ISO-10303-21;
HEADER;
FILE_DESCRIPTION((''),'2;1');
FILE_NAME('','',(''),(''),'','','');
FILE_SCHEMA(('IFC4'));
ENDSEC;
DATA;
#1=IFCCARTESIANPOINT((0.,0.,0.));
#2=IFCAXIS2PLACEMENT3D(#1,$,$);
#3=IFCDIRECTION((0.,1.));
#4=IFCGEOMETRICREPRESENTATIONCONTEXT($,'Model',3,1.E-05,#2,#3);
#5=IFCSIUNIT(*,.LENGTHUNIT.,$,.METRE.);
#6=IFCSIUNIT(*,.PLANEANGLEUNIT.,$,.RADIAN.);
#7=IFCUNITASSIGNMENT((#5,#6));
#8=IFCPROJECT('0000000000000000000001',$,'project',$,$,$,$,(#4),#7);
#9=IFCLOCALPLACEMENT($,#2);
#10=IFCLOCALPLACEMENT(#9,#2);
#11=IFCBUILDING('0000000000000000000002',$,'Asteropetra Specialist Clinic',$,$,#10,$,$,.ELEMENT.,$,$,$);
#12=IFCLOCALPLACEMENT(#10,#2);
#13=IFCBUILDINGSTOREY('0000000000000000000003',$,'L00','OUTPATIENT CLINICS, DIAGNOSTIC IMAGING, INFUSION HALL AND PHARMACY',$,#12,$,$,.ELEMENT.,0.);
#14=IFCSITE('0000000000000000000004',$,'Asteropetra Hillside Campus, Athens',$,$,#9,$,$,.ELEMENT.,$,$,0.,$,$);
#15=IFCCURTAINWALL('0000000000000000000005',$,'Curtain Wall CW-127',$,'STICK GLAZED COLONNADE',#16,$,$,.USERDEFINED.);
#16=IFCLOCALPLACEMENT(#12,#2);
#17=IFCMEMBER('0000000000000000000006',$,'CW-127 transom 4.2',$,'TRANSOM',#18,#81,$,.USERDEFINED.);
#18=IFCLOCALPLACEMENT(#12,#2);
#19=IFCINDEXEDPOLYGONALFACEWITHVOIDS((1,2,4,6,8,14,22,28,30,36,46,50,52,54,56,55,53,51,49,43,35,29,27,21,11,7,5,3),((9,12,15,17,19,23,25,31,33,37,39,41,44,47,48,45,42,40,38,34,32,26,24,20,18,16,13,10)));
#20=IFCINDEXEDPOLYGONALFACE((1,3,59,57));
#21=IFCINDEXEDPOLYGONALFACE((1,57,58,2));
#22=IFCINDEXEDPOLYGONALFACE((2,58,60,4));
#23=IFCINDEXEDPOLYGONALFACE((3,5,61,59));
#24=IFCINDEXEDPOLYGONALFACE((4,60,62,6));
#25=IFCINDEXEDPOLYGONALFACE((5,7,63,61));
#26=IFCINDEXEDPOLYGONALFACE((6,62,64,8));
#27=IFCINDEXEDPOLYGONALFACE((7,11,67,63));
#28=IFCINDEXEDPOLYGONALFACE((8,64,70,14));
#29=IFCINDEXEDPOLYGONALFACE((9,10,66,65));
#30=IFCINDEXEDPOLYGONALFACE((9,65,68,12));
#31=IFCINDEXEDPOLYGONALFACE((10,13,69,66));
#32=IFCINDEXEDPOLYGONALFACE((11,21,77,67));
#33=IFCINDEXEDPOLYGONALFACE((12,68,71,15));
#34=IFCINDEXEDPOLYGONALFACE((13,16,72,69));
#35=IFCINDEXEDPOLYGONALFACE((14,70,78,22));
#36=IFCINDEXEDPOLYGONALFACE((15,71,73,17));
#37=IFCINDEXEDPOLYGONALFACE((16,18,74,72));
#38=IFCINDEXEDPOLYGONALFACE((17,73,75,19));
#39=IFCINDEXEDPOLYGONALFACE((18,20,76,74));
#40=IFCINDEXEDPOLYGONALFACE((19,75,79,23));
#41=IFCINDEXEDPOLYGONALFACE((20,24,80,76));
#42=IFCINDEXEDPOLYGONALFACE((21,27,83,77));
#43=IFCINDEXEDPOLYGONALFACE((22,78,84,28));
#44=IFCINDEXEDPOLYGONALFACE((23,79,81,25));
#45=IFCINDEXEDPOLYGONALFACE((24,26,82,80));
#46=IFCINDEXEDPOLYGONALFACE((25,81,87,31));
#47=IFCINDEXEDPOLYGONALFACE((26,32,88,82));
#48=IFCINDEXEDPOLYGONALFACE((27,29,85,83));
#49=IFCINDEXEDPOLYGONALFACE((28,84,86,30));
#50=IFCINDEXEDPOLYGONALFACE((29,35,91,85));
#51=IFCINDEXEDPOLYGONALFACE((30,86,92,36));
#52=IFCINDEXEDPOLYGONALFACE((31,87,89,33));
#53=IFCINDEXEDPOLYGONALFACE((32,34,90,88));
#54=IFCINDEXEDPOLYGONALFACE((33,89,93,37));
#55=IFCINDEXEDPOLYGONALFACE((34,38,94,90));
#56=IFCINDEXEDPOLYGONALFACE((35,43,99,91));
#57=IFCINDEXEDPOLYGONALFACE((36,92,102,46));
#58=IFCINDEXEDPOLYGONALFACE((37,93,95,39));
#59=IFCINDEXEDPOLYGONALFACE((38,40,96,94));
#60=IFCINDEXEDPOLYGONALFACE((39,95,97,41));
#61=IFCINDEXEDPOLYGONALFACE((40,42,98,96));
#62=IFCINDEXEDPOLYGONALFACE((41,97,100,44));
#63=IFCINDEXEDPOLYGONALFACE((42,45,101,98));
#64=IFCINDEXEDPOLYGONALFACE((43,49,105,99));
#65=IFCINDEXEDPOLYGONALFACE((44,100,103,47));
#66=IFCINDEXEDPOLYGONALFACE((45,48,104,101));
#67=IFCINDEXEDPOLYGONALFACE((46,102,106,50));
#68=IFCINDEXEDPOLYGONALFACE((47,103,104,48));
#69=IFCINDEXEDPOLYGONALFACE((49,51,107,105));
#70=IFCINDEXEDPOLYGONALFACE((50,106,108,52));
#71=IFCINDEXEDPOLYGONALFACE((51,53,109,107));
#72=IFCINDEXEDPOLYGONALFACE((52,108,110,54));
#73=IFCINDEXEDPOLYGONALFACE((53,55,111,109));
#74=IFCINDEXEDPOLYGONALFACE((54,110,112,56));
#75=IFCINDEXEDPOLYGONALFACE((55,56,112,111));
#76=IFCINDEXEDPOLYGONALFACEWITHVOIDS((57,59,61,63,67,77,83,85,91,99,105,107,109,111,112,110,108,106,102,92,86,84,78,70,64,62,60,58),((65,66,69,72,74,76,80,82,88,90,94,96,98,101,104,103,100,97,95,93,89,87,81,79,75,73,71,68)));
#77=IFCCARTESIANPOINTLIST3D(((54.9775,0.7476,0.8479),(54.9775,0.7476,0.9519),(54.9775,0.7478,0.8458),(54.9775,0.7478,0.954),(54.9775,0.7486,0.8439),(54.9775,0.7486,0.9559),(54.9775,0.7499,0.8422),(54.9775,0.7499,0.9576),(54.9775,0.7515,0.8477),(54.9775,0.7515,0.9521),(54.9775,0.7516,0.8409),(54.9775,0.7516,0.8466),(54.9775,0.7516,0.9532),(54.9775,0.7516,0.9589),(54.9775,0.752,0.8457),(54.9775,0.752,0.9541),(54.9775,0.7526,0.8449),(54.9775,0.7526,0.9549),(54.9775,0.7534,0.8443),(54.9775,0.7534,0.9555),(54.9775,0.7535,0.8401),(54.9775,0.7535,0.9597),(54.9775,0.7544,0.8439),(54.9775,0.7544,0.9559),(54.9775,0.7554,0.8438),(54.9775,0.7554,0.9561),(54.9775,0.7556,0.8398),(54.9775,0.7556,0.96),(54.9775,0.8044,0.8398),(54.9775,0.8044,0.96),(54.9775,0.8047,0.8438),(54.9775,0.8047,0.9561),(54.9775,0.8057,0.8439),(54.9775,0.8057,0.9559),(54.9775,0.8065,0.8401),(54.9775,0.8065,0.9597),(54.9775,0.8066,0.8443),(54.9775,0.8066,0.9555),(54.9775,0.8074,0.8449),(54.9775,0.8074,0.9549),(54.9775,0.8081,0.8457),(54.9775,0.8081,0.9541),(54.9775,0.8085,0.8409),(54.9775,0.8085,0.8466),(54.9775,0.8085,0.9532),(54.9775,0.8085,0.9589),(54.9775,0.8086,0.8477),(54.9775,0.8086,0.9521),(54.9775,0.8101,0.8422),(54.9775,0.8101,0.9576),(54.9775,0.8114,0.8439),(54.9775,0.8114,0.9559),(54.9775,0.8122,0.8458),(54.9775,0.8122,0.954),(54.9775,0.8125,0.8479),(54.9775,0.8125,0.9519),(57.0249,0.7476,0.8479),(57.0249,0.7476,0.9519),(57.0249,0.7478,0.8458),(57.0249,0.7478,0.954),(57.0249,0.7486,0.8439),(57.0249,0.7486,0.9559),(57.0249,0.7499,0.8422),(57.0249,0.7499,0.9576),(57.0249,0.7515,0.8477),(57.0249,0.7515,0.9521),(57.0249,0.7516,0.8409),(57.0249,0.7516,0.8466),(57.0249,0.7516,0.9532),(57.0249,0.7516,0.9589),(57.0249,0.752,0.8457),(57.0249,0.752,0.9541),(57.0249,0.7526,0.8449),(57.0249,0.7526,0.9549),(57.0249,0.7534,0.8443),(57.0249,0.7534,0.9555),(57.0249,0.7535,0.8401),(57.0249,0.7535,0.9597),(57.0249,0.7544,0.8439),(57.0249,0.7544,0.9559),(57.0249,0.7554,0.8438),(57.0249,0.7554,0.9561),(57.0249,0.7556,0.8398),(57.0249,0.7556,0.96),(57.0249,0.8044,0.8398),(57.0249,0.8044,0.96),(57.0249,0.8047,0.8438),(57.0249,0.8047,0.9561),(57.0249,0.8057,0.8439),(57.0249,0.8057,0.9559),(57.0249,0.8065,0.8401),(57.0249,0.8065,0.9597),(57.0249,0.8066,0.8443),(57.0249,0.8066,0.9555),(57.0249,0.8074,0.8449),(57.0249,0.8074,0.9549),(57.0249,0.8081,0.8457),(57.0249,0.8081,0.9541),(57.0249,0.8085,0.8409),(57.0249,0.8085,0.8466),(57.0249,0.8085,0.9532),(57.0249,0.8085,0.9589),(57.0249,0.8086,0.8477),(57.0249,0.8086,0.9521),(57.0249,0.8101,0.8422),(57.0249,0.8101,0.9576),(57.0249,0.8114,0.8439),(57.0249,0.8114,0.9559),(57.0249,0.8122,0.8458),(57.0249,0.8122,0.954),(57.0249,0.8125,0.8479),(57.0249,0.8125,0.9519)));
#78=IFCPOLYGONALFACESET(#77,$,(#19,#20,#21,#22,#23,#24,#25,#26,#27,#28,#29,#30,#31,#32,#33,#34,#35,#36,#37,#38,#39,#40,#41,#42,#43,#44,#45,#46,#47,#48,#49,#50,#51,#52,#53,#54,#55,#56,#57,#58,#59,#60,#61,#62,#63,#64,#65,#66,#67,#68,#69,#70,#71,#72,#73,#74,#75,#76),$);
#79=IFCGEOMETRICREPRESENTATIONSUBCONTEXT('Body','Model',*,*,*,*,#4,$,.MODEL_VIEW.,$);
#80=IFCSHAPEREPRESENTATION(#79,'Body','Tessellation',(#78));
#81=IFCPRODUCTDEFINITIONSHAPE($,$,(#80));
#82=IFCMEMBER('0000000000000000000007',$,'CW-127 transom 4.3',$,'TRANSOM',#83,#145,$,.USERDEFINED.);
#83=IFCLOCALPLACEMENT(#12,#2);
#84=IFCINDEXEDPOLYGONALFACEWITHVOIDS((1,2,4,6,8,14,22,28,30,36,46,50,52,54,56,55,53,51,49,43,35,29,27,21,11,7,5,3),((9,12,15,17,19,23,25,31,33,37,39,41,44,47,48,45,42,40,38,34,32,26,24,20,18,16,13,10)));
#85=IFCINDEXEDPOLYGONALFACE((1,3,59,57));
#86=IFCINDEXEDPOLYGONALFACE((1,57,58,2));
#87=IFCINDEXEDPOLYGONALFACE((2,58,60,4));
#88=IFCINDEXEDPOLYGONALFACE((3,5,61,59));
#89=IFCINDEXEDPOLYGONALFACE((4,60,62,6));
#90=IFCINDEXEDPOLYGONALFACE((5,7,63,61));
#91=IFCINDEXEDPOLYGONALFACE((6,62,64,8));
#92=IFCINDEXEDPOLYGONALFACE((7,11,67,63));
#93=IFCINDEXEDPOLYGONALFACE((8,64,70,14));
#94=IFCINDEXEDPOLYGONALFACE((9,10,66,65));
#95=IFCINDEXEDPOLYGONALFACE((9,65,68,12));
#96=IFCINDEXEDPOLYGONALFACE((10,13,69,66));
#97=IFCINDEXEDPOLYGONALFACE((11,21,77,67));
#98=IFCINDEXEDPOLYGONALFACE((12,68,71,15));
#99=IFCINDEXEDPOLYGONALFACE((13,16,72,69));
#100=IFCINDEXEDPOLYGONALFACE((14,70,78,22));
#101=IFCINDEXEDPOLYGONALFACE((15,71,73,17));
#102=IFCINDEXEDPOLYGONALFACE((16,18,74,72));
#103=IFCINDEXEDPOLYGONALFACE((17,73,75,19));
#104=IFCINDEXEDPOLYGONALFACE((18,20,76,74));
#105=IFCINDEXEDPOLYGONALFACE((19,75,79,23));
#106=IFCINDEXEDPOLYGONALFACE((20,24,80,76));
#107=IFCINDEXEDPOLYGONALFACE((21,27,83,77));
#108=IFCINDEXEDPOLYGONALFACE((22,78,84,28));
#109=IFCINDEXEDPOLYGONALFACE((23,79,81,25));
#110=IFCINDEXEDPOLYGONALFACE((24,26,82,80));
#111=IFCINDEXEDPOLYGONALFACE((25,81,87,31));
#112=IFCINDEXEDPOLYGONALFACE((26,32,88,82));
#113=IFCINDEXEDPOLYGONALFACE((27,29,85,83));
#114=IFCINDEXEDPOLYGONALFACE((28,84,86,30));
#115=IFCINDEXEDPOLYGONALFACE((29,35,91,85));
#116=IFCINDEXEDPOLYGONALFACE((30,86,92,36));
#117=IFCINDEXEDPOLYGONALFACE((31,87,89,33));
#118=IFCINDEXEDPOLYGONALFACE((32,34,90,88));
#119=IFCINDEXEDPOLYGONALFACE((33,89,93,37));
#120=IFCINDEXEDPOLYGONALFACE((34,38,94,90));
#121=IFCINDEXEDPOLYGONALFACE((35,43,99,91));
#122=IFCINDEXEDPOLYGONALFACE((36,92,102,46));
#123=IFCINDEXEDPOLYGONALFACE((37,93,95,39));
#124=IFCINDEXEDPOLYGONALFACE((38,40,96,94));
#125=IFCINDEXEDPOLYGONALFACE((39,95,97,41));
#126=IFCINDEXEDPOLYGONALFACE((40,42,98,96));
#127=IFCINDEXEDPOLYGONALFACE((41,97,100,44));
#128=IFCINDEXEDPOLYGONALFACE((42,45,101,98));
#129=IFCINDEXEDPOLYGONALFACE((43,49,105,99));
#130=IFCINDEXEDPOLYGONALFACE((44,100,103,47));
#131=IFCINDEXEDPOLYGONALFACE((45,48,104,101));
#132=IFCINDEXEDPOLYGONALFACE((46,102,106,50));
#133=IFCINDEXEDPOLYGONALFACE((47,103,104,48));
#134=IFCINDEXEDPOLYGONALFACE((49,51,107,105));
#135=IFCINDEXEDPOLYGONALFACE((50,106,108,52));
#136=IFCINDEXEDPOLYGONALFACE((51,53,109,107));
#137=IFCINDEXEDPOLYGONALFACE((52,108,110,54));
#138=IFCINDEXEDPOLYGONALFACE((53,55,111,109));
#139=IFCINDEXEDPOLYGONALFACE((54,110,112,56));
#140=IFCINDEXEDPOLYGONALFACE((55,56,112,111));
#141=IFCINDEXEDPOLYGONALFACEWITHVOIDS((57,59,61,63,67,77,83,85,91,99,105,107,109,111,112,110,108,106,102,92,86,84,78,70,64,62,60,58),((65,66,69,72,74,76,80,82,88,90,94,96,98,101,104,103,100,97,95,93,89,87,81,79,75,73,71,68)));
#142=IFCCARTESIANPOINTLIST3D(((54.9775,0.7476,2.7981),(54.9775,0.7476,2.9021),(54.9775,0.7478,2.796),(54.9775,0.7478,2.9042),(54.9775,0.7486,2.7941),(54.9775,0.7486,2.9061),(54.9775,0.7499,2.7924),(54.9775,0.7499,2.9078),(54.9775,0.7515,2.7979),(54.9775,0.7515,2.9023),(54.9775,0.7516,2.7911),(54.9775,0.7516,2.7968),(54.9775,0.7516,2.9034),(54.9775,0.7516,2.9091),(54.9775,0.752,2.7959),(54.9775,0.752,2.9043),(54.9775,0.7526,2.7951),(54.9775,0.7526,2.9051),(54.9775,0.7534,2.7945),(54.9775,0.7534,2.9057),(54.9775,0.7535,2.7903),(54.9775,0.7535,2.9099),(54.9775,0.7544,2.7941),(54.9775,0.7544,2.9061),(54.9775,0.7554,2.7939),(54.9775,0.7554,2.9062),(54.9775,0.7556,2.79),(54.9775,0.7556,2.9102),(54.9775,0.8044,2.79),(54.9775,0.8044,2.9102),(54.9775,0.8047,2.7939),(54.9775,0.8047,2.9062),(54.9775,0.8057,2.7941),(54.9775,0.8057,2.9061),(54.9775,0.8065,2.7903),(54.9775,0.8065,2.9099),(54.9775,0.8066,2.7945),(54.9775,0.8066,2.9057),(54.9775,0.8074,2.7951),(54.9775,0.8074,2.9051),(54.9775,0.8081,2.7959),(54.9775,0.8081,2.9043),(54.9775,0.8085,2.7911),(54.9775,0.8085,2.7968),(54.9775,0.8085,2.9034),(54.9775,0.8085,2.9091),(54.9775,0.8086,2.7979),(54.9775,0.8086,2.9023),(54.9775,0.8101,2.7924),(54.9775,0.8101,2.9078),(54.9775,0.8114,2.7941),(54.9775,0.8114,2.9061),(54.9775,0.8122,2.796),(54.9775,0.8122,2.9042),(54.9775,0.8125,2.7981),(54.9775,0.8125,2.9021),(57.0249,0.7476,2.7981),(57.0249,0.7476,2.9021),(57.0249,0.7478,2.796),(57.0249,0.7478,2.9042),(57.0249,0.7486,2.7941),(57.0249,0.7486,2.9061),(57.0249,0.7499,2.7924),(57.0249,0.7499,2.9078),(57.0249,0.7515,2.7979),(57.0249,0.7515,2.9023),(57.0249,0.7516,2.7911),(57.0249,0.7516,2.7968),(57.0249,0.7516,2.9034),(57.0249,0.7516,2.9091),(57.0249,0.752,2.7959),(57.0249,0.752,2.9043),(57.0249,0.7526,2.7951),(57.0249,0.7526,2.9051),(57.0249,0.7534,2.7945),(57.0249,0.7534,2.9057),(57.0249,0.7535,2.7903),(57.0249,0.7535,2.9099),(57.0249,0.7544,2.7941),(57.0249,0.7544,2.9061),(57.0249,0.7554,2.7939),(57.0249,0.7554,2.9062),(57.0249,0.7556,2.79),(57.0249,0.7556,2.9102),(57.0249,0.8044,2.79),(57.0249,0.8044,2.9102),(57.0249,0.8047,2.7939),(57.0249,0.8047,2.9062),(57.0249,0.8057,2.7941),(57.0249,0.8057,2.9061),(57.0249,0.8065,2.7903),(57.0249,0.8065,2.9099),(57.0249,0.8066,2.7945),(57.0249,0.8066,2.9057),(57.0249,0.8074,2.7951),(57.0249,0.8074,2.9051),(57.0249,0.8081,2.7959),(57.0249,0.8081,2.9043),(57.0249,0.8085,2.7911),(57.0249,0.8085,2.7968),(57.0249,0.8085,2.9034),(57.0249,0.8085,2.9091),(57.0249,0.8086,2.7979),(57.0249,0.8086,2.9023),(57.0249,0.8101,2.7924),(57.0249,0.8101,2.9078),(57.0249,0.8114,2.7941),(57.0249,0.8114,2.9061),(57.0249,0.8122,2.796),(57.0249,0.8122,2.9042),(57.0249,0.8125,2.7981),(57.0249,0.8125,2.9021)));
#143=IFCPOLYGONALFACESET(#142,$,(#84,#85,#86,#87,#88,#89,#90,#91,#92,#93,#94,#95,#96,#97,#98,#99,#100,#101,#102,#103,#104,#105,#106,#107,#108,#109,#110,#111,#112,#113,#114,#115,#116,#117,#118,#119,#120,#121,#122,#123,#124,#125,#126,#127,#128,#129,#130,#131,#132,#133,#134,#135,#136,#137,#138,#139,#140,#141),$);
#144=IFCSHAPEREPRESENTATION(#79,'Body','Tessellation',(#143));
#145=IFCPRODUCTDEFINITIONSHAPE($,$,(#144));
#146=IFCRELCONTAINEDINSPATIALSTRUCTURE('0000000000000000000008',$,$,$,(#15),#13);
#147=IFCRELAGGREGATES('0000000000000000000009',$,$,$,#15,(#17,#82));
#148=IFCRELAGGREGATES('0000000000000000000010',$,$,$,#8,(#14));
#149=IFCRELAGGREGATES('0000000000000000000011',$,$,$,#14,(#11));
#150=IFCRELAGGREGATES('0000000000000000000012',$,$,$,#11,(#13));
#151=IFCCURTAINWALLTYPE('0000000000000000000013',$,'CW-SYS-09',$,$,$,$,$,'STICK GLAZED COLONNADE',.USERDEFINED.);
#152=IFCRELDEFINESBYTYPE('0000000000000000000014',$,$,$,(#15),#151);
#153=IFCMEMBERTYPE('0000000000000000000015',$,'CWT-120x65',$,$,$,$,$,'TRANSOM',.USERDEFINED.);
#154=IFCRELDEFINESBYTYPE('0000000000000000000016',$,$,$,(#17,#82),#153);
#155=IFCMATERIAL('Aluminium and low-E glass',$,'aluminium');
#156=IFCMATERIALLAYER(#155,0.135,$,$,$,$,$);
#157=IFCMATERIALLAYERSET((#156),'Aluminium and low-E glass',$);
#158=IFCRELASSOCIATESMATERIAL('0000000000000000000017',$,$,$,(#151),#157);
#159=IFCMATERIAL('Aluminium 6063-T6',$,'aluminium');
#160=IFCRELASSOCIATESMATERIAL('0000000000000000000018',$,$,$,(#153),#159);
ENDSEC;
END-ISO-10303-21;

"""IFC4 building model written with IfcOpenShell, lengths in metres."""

from ifc_helpers import new_model, si_unit, direction, frame, origin, origin_2d, place, context, subcontext, project, spatial, hollow_rectangle, extrude, material, layer, layer_set, material_profile, profile_set, type_object, element, aggregate, save


model = new_model("IFC4")

# Units and contexts
model_context = context("Model", 3, precision=1e-05, world=origin(), true_north=direction((0.0, 1.0)))
body_context = subcontext(model_context, "Body", "Model", "MODEL_VIEW")
ifc_project = project(units=[si_unit("LENGTHUNIT", "METRE"), si_unit("PLANEANGLEUNIT", "RADIAN")], contexts=[model_context])

# Site, building, storey
site_placement = place(None, origin())
site = spatial("IfcSite", under=ifc_project, at=site_placement, Name="Asteropetra Hillside Campus, Athens", CompositionType="ELEMENT", RefElevation=0.0)
building_placement = place(site_placement, origin())
building = spatial("IfcBuilding", under=site, at=building_placement, Name="Asteropetra Specialist Clinic", CompositionType="ELEMENT")
storey_placement = place(building_placement, origin())
storey = spatial("IfcBuildingStorey", under=building, at=storey_placement, Name="L00", Description="OUTPATIENT CLINICS, DIAGNOSTIC IMAGING, INFUSION HALL AND PHARMACY", CompositionType="ELEMENT", Elevation=0.0)

# Curtain wall, members
ifc_material_1 = material(Name="Aluminium and low-E glass", Category="aluminium")
ifc_layer_1 = layer(ifc_material_1, 0.135)
ifc_layer_set_1 = layer_set([ifc_layer_1], Name="Aluminium and low-E glass")
curtain_wall_type_1 = type_object("IfcCurtainWallType", Name="CW-SYS-09", ElementType="STICK GLAZED COLONNADE", PredefinedType="USERDEFINED", material=ifc_layer_set_1)
curtain_wall_1_placement = place(storey_placement, origin())
curtain_wall_1 = element("IfcCurtainWall", 1, at=curtain_wall_1_placement, inside=storey, type_object=curtain_wall_type_1, Name="Curtain Wall CW-127", ObjectType="STICK GLAZED COLONNADE", PredefinedType="USERDEFINED")
ifc_material_2 = material(Name="Aluminium 6063-T6", Category="aluminium")
ifc_material_profile_1 = material_profile(ifc_material_2, hollow_rectangle(XDim=0.0649, YDim=0.1201, WallThickness=0.0039, InnerFilletRadius=0.0039, OuterFilletRadius=0.0081, at=origin_2d()), Name="TRN 120x65x4.0")
ifc_profile_set_1 = profile_set([ifc_material_profile_1], Name="Aluminium 6063-T6")
member_type_1 = type_object("IfcMemberType", Name="CWT-120x65", ElementType="TRANSOM", PredefinedType="USERDEFINED", material=ifc_profile_set_1)
member_1_placement = place(storey_placement, frame((54.9775, 0.78, 0.8999), z_axis=(1.0, 0.0, 0.0), x_axis=(0.0, 1.0, 0.0)))
member_1 = element("IfcMember", 2, at=member_1_placement, type_object=member_type_1, Name="CW-127 transom 4.2", ObjectType="TRANSOM", PredefinedType="USERDEFINED", context=body_context, shape_type="SweptSolid", body=[
    extrude(hollow_rectangle(XDim=0.0649, YDim=0.1201, WallThickness=0.0039, InnerFilletRadius=0.0039, OuterFilletRadius=0.0081, at=origin_2d()), origin(), (0.0, 0.0, 1.0), 2.0474),
])
member_2_placement = place(storey_placement, frame((54.9775, 0.78, 2.8501), z_axis=(1.0, 0.0, 0.0), x_axis=(0.0, 1.0, 0.0)))
member_2 = element("IfcMember", 3, at=member_2_placement, type_object=member_type_1, Name="CW-127 transom 4.3", ObjectType="TRANSOM", PredefinedType="USERDEFINED", context=body_context, shape_type="SweptSolid", body=[
    extrude(hollow_rectangle(XDim=0.0649, YDim=0.1201, WallThickness=0.0039, InnerFilletRadius=0.0039, OuterFilletRadius=0.0081, at=origin_2d()), origin(), (0.0, 0.0, 1.0), 2.0474),
])

aggregate(curtain_wall_1, [member_1, member_2])

save(model, "model.ifc")
